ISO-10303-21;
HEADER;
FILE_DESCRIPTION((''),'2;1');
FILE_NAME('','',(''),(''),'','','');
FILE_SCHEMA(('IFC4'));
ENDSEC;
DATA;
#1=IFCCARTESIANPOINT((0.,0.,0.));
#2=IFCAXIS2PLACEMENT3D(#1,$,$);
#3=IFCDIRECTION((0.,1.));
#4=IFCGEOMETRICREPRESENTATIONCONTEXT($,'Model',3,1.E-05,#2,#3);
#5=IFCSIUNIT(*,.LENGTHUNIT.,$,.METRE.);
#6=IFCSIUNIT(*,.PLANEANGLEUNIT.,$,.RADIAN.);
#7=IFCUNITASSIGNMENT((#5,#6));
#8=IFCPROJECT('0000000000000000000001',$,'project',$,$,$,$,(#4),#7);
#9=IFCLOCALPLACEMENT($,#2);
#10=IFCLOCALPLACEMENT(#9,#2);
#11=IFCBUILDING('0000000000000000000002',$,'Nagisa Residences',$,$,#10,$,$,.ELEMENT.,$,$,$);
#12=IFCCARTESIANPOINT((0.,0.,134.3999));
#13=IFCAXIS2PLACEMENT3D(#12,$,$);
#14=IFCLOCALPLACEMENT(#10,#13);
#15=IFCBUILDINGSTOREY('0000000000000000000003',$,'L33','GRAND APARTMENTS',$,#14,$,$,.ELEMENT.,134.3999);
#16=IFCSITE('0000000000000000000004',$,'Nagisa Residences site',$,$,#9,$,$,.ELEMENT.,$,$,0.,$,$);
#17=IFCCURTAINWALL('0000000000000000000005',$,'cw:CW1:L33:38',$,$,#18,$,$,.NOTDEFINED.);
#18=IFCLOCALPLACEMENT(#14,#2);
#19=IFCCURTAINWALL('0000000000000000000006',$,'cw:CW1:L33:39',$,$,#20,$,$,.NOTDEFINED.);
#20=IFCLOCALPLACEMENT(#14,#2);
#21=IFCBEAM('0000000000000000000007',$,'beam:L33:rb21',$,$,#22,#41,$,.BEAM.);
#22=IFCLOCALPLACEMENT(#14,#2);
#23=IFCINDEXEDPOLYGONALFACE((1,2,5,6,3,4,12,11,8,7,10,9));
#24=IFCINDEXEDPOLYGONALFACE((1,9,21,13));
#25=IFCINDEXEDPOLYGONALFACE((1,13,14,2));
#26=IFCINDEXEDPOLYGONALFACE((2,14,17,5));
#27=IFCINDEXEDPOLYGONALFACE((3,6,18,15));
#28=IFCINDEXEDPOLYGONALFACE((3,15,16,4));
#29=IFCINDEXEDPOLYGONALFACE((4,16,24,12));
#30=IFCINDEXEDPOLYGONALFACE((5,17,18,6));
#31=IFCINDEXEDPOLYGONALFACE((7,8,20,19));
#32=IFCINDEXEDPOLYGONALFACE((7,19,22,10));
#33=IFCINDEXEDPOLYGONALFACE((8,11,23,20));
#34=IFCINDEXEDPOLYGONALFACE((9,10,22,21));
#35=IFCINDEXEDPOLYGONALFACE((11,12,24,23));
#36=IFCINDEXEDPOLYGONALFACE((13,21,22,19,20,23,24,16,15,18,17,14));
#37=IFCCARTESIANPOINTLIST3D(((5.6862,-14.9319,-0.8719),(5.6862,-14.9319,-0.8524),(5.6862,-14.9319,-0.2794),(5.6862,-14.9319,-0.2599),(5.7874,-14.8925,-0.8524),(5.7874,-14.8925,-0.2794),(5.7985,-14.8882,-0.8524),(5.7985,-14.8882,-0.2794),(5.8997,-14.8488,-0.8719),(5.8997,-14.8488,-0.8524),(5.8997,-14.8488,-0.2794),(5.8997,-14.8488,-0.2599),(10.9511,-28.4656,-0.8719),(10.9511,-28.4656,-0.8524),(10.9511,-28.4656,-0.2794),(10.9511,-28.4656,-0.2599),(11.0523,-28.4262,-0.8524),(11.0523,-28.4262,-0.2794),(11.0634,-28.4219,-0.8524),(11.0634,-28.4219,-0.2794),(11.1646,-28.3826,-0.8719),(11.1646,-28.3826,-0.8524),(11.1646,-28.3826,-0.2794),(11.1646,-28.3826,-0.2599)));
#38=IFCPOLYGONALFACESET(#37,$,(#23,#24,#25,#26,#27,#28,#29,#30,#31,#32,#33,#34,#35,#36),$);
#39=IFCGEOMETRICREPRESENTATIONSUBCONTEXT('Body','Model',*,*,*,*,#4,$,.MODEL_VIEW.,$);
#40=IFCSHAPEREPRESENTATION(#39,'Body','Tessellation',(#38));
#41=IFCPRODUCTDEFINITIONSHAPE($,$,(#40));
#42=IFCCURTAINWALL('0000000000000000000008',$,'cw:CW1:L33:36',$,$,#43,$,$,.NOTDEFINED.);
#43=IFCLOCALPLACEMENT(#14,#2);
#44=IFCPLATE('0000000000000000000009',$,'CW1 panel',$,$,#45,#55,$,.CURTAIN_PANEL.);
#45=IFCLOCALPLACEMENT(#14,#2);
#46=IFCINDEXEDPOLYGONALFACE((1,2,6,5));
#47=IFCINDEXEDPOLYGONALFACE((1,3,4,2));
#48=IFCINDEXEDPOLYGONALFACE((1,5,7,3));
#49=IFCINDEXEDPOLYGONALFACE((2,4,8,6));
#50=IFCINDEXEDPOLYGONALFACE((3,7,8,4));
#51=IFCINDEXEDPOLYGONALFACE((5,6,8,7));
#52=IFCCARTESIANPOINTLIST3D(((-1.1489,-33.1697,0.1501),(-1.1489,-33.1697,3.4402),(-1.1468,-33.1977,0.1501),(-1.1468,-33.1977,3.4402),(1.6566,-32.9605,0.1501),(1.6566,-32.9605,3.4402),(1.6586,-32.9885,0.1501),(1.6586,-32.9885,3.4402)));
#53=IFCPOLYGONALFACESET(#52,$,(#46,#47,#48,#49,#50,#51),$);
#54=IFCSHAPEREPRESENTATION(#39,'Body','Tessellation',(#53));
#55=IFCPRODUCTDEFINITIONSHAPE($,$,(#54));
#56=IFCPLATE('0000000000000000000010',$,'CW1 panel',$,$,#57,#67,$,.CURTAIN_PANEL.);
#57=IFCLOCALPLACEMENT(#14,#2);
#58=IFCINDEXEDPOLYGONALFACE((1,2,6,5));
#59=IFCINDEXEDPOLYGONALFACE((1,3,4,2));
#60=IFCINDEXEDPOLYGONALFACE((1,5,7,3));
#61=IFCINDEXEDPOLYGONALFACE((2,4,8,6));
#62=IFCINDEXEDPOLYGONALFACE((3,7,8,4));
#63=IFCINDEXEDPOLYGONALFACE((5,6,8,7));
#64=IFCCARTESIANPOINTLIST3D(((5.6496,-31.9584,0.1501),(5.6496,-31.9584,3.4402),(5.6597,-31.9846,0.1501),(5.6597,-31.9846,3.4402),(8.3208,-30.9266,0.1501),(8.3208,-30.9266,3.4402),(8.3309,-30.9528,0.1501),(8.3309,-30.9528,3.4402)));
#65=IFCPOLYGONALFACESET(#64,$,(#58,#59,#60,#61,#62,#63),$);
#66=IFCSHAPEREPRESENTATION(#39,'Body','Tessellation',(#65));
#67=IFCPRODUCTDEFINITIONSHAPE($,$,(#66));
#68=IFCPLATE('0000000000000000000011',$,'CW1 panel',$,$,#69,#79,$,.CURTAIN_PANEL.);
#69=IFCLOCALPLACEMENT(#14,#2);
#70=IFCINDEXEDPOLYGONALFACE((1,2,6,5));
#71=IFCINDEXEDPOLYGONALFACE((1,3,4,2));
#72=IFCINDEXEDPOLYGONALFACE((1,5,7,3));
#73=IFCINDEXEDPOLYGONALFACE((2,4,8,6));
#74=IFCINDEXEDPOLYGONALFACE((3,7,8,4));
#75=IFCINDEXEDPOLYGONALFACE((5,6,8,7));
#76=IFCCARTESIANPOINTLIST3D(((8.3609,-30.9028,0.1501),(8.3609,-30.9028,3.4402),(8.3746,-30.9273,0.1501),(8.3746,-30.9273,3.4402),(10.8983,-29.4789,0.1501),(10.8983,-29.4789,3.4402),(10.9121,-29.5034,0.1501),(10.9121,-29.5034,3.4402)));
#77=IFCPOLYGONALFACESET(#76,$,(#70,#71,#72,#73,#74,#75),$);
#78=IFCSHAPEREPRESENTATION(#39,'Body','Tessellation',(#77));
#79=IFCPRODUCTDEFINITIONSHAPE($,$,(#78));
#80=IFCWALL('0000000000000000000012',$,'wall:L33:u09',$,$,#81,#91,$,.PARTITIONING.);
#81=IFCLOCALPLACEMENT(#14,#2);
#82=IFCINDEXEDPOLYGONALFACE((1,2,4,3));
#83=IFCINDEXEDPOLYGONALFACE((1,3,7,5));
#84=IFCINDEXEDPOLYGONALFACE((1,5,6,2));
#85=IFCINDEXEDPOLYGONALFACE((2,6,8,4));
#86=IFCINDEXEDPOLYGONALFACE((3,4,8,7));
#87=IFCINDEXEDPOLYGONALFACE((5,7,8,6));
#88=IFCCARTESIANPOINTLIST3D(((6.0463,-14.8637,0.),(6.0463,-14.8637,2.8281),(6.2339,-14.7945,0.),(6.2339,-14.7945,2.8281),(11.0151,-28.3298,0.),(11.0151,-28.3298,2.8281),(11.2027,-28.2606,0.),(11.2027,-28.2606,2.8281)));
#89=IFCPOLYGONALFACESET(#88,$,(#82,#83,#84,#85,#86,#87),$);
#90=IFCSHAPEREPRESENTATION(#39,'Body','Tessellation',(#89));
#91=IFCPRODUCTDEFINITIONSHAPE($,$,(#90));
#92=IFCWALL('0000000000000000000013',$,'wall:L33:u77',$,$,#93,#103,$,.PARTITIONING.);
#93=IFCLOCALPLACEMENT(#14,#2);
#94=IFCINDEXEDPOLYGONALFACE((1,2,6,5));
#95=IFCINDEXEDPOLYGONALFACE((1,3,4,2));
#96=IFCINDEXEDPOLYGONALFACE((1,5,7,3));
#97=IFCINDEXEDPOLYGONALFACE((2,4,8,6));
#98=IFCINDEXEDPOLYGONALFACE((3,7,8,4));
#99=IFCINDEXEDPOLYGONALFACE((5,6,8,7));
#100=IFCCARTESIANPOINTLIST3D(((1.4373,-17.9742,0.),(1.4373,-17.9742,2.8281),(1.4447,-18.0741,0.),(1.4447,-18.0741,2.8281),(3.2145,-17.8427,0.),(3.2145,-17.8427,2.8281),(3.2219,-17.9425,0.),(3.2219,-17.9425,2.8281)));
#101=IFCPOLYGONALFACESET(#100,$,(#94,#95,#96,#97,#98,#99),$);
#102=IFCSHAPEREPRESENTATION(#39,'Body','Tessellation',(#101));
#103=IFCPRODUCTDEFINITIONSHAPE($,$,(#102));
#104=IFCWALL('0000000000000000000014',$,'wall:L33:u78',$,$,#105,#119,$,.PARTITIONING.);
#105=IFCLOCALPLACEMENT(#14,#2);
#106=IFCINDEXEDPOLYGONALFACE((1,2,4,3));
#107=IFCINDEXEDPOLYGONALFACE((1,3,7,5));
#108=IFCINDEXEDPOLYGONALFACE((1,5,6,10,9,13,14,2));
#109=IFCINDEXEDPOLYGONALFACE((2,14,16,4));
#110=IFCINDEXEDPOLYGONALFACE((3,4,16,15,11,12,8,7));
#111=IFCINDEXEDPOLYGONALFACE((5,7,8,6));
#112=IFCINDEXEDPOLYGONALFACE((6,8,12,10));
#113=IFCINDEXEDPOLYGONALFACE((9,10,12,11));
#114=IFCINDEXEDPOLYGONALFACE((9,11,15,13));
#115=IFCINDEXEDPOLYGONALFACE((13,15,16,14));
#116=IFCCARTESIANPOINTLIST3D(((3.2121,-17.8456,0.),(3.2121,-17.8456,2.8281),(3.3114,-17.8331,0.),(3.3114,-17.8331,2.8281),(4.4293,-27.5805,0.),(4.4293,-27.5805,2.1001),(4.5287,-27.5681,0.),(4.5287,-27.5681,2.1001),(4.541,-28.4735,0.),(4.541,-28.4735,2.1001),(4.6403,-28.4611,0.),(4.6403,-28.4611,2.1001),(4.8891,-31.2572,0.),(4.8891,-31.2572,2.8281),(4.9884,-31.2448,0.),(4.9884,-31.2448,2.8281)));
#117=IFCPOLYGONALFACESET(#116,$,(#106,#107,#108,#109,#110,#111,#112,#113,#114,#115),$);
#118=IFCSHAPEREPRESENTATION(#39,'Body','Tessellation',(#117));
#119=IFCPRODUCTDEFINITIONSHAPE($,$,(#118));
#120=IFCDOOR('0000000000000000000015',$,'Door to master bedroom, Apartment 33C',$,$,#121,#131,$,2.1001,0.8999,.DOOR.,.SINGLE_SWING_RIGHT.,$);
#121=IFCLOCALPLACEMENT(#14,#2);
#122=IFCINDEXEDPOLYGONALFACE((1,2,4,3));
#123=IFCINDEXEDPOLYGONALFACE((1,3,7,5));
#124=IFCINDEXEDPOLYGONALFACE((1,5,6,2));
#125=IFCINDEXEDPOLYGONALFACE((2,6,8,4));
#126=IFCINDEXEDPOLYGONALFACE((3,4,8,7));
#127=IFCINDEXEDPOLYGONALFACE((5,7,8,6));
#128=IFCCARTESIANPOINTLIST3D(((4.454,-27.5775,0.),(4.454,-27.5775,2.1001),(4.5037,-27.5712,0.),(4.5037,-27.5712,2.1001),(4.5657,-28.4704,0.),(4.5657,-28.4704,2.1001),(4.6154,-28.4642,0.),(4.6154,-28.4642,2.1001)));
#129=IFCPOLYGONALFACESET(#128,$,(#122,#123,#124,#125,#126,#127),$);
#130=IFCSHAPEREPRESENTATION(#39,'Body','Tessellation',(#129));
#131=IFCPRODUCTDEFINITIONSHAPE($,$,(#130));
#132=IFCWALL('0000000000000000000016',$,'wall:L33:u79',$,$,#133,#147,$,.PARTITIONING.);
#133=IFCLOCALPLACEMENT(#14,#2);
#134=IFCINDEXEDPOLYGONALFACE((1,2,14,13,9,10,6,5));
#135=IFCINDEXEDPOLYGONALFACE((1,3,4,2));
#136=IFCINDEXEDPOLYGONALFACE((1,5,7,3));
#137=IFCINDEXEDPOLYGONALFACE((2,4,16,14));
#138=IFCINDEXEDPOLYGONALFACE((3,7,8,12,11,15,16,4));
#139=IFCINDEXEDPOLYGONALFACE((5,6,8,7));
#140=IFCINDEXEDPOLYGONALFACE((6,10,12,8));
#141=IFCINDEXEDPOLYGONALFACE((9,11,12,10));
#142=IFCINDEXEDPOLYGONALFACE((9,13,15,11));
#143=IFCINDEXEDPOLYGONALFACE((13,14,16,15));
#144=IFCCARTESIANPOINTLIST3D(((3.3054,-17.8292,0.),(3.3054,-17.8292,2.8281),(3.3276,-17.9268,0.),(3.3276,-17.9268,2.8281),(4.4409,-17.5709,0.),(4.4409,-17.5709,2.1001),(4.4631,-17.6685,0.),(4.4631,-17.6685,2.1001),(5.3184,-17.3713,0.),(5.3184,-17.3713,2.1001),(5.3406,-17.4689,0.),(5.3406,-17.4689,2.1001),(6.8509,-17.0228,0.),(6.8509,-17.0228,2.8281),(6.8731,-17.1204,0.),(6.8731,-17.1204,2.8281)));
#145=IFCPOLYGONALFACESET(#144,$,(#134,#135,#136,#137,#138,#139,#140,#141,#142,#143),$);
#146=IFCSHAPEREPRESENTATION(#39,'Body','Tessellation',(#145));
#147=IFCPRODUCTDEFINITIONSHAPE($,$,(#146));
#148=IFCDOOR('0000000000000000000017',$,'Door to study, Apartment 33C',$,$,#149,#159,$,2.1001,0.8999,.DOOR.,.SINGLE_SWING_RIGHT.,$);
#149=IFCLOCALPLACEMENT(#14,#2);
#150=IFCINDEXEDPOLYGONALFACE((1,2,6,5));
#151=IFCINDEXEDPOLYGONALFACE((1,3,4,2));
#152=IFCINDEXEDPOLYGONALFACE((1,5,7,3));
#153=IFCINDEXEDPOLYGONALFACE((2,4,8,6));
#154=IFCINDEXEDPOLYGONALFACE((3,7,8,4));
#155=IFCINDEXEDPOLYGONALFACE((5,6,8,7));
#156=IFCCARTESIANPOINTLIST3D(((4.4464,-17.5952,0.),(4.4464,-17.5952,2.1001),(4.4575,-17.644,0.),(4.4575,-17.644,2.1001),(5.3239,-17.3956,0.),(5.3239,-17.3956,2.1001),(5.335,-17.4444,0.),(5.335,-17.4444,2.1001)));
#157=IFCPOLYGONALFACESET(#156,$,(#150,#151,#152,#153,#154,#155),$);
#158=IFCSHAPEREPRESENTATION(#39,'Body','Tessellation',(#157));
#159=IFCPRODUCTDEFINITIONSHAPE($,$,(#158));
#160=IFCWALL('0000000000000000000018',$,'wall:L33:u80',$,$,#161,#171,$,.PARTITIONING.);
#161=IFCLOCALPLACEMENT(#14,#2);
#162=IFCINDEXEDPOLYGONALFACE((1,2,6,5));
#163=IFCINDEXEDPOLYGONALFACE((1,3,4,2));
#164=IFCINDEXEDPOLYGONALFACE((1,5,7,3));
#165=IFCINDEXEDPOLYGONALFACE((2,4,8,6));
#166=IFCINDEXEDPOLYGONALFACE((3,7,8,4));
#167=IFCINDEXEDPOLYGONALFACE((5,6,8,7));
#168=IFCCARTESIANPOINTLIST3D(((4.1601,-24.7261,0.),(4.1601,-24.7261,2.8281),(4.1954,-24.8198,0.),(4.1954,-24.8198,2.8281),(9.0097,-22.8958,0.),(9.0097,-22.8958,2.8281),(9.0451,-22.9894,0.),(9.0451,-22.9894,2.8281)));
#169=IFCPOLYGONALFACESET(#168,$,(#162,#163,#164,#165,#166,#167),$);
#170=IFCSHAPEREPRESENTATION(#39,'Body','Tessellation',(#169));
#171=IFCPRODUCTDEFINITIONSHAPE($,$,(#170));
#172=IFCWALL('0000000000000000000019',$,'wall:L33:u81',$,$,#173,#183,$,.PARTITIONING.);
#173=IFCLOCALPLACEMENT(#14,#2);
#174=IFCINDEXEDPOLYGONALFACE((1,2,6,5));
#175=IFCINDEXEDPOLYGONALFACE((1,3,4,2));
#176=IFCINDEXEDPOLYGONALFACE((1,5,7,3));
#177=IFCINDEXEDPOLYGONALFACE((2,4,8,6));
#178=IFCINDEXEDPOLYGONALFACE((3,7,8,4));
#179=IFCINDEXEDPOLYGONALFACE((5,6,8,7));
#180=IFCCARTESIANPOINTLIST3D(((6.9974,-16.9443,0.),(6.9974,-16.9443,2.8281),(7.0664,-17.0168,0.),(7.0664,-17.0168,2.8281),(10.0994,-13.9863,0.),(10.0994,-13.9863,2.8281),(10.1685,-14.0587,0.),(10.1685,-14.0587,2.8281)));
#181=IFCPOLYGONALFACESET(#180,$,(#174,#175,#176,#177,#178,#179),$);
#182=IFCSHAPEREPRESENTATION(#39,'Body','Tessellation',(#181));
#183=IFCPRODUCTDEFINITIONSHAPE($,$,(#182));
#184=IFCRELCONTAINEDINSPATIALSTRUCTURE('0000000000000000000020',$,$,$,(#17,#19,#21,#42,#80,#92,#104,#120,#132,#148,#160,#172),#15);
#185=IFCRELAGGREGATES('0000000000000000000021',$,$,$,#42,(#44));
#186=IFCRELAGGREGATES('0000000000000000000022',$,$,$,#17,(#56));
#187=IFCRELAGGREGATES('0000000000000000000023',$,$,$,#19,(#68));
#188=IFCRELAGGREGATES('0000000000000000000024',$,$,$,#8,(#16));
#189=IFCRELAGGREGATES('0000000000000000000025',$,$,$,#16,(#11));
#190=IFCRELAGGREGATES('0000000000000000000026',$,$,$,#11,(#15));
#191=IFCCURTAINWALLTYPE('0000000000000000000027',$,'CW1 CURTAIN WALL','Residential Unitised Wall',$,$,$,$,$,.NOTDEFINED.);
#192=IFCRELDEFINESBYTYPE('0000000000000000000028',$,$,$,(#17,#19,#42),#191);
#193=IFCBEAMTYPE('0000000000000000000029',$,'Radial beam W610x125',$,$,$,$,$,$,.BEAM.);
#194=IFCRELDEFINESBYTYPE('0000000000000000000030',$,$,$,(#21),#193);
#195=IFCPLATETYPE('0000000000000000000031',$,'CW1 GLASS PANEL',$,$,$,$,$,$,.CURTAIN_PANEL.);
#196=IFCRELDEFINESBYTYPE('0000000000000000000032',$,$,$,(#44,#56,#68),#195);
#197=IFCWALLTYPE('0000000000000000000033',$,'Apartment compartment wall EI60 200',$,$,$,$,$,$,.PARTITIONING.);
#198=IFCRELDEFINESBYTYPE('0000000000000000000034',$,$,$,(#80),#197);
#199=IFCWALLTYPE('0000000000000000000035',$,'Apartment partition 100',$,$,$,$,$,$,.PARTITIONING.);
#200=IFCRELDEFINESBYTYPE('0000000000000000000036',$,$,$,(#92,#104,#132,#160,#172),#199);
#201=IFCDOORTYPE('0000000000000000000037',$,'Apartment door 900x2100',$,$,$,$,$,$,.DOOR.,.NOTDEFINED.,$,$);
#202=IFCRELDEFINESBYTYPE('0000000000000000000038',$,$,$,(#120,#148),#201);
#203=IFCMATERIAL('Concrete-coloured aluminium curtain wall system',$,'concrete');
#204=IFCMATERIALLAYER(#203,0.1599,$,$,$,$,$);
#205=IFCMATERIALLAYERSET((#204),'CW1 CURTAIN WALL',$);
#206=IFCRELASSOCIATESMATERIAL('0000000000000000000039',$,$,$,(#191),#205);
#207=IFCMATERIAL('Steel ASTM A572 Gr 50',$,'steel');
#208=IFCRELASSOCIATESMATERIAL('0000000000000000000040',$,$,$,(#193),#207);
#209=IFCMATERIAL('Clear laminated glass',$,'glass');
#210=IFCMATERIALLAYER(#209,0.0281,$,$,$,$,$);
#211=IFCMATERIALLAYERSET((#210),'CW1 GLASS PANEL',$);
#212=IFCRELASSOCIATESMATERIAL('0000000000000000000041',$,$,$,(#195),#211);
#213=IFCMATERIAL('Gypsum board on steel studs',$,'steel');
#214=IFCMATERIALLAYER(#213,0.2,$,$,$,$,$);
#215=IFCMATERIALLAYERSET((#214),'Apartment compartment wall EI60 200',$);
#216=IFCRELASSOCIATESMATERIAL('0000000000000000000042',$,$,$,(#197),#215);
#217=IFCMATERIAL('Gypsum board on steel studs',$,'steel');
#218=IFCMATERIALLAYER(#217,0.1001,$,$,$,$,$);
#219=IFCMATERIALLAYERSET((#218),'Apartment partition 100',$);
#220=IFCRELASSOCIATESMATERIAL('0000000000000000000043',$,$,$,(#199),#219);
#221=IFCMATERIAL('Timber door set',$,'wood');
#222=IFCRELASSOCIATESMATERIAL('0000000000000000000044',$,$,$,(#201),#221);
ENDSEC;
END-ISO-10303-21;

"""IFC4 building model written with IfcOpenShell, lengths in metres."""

from ifc_helpers import new_model, si_unit, direction, frame, frame_2d, origin, origin_2d, place, context, subcontext, project, spatial, rectangle, i_section, extrude, material, layer, layer_set, material_profile, profile_set, type_object, element, fill, aggregate, save


model = new_model("IFC4")

# Units and contexts
model_context = context("Model", 3, precision=1e-05, world=origin(), true_north=direction((0.0, 1.0)))
body_context = subcontext(model_context, "Body", "Model", "MODEL_VIEW")
ifc_project = project(units=[si_unit("LENGTHUNIT", "METRE"), si_unit("PLANEANGLEUNIT", "RADIAN")], contexts=[model_context])

# Site, building, storey
site_placement = place(None, origin())
site = spatial("IfcSite", under=ifc_project, at=site_placement, Name="Nagisa Residences site", CompositionType="ELEMENT", RefElevation=0.0)
building_placement = place(site_placement, origin())
building = spatial("IfcBuilding", under=site, at=building_placement, Name="Nagisa Residences", CompositionType="ELEMENT")
storey_placement = place(building_placement, frame((0.0, 0.0, 134.3999)))
storey = spatial("IfcBuildingStorey", under=building, at=storey_placement, Name="L33", Description="GRAND APARTMENTS", CompositionType="ELEMENT", Elevation=134.3999)

# Curtain walls
ifc_material_1 = material(Name="Concrete-coloured aluminium curtain wall system", Category="concrete")
ifc_layer_1 = layer(ifc_material_1, 0.1599)
ifc_layer_set_1 = layer_set([ifc_layer_1], Name="CW1 CURTAIN WALL")
curtain_wall_type = type_object("IfcCurtainWallType", Name="CW1 CURTAIN WALL", Description="Residential Unitised Wall", PredefinedType="NOTDEFINED", material=ifc_layer_set_1)
curtain_wall_1_placement = place(storey_placement, origin())
curtain_wall_1 = element("IfcCurtainWall", 1, at=curtain_wall_1_placement, inside=storey, type_object=curtain_wall_type, Name="cw:CW1:L33:38", PredefinedType="NOTDEFINED")
curtain_wall_2_placement = place(storey_placement, origin())
curtain_wall_2 = element("IfcCurtainWall", 2, at=curtain_wall_2_placement, inside=storey, type_object=curtain_wall_type, Name="cw:CW1:L33:39", PredefinedType="NOTDEFINED")

# Beam
ifc_material_2 = material(Name="Steel ASTM A572 Gr 50", Category="steel")
ifc_material_profile_1 = material_profile(ifc_material_2, i_section(OverallWidth=0.229, OverallDepth=0.6121, WebThickness=0.012, FlangeThickness=0.0195, at=origin_2d()), Name="W610x125")
ifc_profile_set_1 = profile_set([ifc_material_profile_1], Name="Steel ASTM A572 Gr 50")
beam_type_1 = type_object("IfcBeamType", Name="Radial beam W610x125", PredefinedType="BEAM", material=ifc_profile_set_1)
beam_1_placement = place(storey_placement, frame((11.0579, -28.4241, -0.5659), z_axis=(-0.362553, 0.931963, 0.0), x_axis=(-0.931963, -0.362553, 0.0)))
element("IfcBeam", 3, at=beam_1_placement, inside=storey, type_object=beam_type_1, Name="beam:L33:rb21", PredefinedType="BEAM", context=body_context, shape_type="SweptSolid", body=[
    extrude(i_section(OverallWidth=0.229, OverallDepth=0.6121, WebThickness=0.012, FlangeThickness=0.0195, at=origin_2d()), origin(), (0.0, 0.0, 1.0), 14.5217),
])

# Curtain wall, plate
curtain_wall_3_placement = place(storey_placement, origin())
curtain_wall_3 = element("IfcCurtainWall", 4, at=curtain_wall_3_placement, inside=storey, type_object=curtain_wall_type, Name="cw:CW1:L33:36", PredefinedType="NOTDEFINED")
ifc_material_3 = material(Name="Clear laminated glass", Category="glass")
ifc_layer_2 = layer(ifc_material_3, 0.0281)
ifc_layer_set_2 = layer_set([ifc_layer_2], Name="CW1 GLASS PANEL")
plate_type = type_object("IfcPlateType", Name="CW1 GLASS PANEL", PredefinedType="CURTAIN_PANEL", material=ifc_layer_set_2)
plate_1_placement = place(storey_placement, frame((0.2549, -33.0791, 0.1501), z_axis=(0.0, 0.0, 1.0), x_axis=(0.99723, 0.074377, 0.0)))
plate_1 = element("IfcPlate", 5, at=plate_1_placement, type_object=plate_type, Name="CW1 panel", PredefinedType="CURTAIN_PANEL", context=body_context, shape_type="SweptSolid", body=[
    extrude(rectangle(XDim=2.8132, YDim=0.0281, at=origin_2d()), origin(), (0.0, 0.0, 1.0), 3.29),
])
aggregate(curtain_wall_3, [plate_1])

# Plates
plate_2_placement = place(storey_placement, frame((6.9902, -31.4556, 0.1501), z_axis=(0.0, 0.0, 1.0), x_axis=(0.932826, 0.360328, 0.0)))
plate_2 = element("IfcPlate", 6, at=plate_2_placement, type_object=plate_type, Name="CW1 panel", PredefinedType="CURTAIN_PANEL", context=body_context, shape_type="SweptSolid", body=[
    extrude(rectangle(XDim=2.8635, YDim=0.0281, at=origin_2d()), origin(), (0.0, 0.0, 1.0), 3.29),
])
aggregate(curtain_wall_1, [plate_2])
plate_3_placement = place(storey_placement, frame((9.6365, -30.2031, 0.1501), z_axis=(0.0, 0.0, 1.0), x_axis=(0.872072, 0.489377, 0.0)))
plate_3 = element("IfcPlate", 7, at=plate_3_placement, type_object=plate_type, Name="CW1 panel", PredefinedType="CURTAIN_PANEL", context=body_context, shape_type="SweptSolid", body=[
    extrude(rectangle(XDim=2.9097, YDim=0.0281, at=origin_2d()), origin(), (0.0, 0.0, 1.0), 3.29),
])
aggregate(curtain_wall_2, [plate_3])

# Walls
ifc_material_4 = material(Name="Gypsum board on steel studs", Category="steel")
ifc_layer_3 = layer(ifc_material_4, 0.2)
ifc_layer_set_3 = layer_set([ifc_layer_3], Name="Apartment compartment wall EI60 200")
wall_type_1 = type_object("IfcWallType", Name="Apartment compartment wall EI60 200", PredefinedType="PARTITIONING", material=ifc_layer_set_3)
wall_1_placement = place(storey_placement, frame((6.1401, -14.8291, 0.0), z_axis=(0.0, 0.0, 1.0), x_axis=(0.34617, -0.938172, 0.0)))
element("IfcWall", 8, at=wall_1_placement, inside=storey, type_object=wall_type_1, Name="wall:L33:u09", PredefinedType="PARTITIONING", context=body_context, shape_type="SweptSolid", body=[
    extrude(rectangle(XDim=14.3535, YDim=0.2, at=frame_2d((7.1768, 0.0))), origin(), (0.0, 0.0, 1.0), 2.8281),
])
ifc_material_5 = material(Name="Gypsum board on steel studs", Category="steel")
ifc_layer_4 = layer(ifc_material_5, 0.1001)
ifc_layer_set_4 = layer_set([ifc_layer_4], Name="Apartment partition 100")
wall_type_2 = type_object("IfcWallType", Name="Apartment partition 100", PredefinedType="PARTITIONING", material=ifc_layer_set_4)
wall_2_placement = place(storey_placement, frame((1.4409, -18.0242, 0.0), z_axis=(0.0, 0.0, 1.0), x_axis=(0.99727, 0.073846, 0.0)))
element("IfcWall", 9, at=wall_2_placement, inside=storey, type_object=wall_type_2, Name="wall:L33:u77", PredefinedType="PARTITIONING", context=body_context, shape_type="SweptSolid", body=[
    extrude(rectangle(XDim=1.782, YDim=0.1001, at=frame_2d((0.8911, 0.0))), origin(), (0.0, 0.0, 1.0), 2.8281),
])

# Walls, openings, doors
wall_3_placement = place(storey_placement, frame((3.2617, -17.8394, 0.0), z_axis=(0.0, 0.0, 1.0), x_axis=(0.124075, -0.992273, 0.0)))
wall_3 = element("IfcWall", 10, at=wall_3_placement, inside=storey, type_object=wall_type_2, Name="wall:L33:u78", PredefinedType="PARTITIONING", context=body_context, shape_type="SweptSolid", body=[
    extrude(rectangle(XDim=13.5161, YDim=0.1001, at=frame_2d((6.7581, 0.0))), origin(), (0.0, 0.0, 1.0), 2.8281),
])
opening_1_placement = place(wall_3_placement, frame((9.8108, 0.0, 0.0)))
opening_1 = element("IfcOpeningElement", 11, at=opening_1_placement, cuts=wall_3, PredefinedType="OPENING", context=body_context, shape_type="SweptSolid", body=[
    extrude(rectangle(XDim=0.8999, YDim=2.1001, at=frame_2d((0.45, 1.05))), frame((0.0, 0.0601, 0.0), z_axis=(0.0, -1.0, 0.0), x_axis=(1.0, 0.0, 0.0)), (0.0, 0.0, 1.0), 0.1201),
])
ifc_material_6 = material(Name="Timber door set", Category="wood")
door_type_1 = type_object("IfcDoorType", Name="Apartment door 900x2100", OperationType="NOTDEFINED", PredefinedType="DOOR", material=ifc_material_6)
door_1_placement = place(opening_1_placement, origin())
door_1 = element("IfcDoor", 12, at=door_1_placement, inside=storey, type_object=door_type_1, Name="Door to master bedroom, Apartment 33C", OperationType="SINGLE_SWING_RIGHT", OverallHeight=2.1001, OverallWidth=0.8999, PredefinedType="DOOR", context=body_context, shape_type="SweptSolid", body=[
    extrude(rectangle(XDim=0.8999, YDim=2.1001, at=frame_2d((0.45, 1.05))), frame((0.0, 0.0249, 0.0), z_axis=(0.0, -1.0, 0.0), x_axis=(1.0, 0.0, 0.0)), (0.0, 0.0, 1.0), 0.05),
])
fill(opening_1, door_1)
wall_4_placement = place(storey_placement, frame((3.3167, -17.8779, 0.0), z_axis=(0.0, 0.0, 1.0), x_axis=(0.975096, 0.221784, 0.0)))
wall_4 = element("IfcWall", 13, at=wall_4_placement, inside=storey, type_object=wall_type_2, Name="wall:L33:u79", PredefinedType="PARTITIONING", context=body_context, shape_type="SweptSolid", body=[
    extrude(rectangle(XDim=3.636, YDim=0.1001, at=frame_2d((1.8179, 0.0))), origin(), (0.0, 0.0, 1.0), 2.8281),
])
opening_2_placement = place(wall_4_placement, frame((1.1643, 0.0, 0.0)))
opening_2 = element("IfcOpeningElement", 14, at=opening_2_placement, cuts=wall_4, PredefinedType="OPENING", context=body_context, shape_type="SweptSolid", body=[
    extrude(rectangle(XDim=0.8999, YDim=2.1001, at=frame_2d((0.45, 1.05))), frame((0.0, 0.0601, 0.0), z_axis=(0.0, -1.0, 0.0), x_axis=(1.0, 0.0, 0.0)), (0.0, 0.0, 1.0), 0.1201),
])
door_2_placement = place(opening_2_placement, frame((0.8999, 0.0, 0.0), x_axis=(-1.0, 0.0, 0.0)))
door_2 = element("IfcDoor", 15, at=door_2_placement, inside=storey, type_object=door_type_1, Name="Door to study, Apartment 33C", OperationType="SINGLE_SWING_RIGHT", OverallHeight=2.1001, OverallWidth=0.8999, PredefinedType="DOOR", context=body_context, shape_type="SweptSolid", body=[
    extrude(rectangle(XDim=0.8999, YDim=2.1001, at=frame_2d((0.45, 1.05))), frame((0.0, 0.0249, 0.0), z_axis=(0.0, -1.0, 0.0), x_axis=(1.0, 0.0, 0.0)), (0.0, 0.0, 1.0), 0.05),
])
fill(opening_2, door_2)

# Walls
wall_5_placement = place(storey_placement, frame((4.1777, -24.7729, 0.0), z_axis=(0.0, 0.0, 1.0), x_axis=(0.935584, 0.353105, 0.0)))
element("IfcWall", 16, at=wall_5_placement, inside=storey, type_object=wall_type_2, Name="wall:L33:u80", PredefinedType="PARTITIONING", context=body_context, shape_type="SweptSolid", body=[
    extrude(rectangle(XDim=5.1836, YDim=0.1001, at=frame_2d((2.5918, 0.0))), origin(), (0.0, 0.0, 1.0), 2.8281),
])
wall_6_placement = place(storey_placement, frame((7.032, -16.9805, 0.0), z_axis=(0.0, 0.0, 1.0), x_axis=(0.72371, 0.690104, 0.0)))
element("IfcWall", 17, at=wall_6_placement, inside=storey, type_object=wall_type_2, Name="wall:L33:u81", PredefinedType="PARTITIONING", context=body_context, shape_type="SweptSolid", body=[
    extrude(rectangle(XDim=4.2864, YDim=0.1001, at=frame_2d((2.1431, 0.0))), origin(), (0.0, 0.0, 1.0), 2.8281),
])

save(model, "model.ifc")
